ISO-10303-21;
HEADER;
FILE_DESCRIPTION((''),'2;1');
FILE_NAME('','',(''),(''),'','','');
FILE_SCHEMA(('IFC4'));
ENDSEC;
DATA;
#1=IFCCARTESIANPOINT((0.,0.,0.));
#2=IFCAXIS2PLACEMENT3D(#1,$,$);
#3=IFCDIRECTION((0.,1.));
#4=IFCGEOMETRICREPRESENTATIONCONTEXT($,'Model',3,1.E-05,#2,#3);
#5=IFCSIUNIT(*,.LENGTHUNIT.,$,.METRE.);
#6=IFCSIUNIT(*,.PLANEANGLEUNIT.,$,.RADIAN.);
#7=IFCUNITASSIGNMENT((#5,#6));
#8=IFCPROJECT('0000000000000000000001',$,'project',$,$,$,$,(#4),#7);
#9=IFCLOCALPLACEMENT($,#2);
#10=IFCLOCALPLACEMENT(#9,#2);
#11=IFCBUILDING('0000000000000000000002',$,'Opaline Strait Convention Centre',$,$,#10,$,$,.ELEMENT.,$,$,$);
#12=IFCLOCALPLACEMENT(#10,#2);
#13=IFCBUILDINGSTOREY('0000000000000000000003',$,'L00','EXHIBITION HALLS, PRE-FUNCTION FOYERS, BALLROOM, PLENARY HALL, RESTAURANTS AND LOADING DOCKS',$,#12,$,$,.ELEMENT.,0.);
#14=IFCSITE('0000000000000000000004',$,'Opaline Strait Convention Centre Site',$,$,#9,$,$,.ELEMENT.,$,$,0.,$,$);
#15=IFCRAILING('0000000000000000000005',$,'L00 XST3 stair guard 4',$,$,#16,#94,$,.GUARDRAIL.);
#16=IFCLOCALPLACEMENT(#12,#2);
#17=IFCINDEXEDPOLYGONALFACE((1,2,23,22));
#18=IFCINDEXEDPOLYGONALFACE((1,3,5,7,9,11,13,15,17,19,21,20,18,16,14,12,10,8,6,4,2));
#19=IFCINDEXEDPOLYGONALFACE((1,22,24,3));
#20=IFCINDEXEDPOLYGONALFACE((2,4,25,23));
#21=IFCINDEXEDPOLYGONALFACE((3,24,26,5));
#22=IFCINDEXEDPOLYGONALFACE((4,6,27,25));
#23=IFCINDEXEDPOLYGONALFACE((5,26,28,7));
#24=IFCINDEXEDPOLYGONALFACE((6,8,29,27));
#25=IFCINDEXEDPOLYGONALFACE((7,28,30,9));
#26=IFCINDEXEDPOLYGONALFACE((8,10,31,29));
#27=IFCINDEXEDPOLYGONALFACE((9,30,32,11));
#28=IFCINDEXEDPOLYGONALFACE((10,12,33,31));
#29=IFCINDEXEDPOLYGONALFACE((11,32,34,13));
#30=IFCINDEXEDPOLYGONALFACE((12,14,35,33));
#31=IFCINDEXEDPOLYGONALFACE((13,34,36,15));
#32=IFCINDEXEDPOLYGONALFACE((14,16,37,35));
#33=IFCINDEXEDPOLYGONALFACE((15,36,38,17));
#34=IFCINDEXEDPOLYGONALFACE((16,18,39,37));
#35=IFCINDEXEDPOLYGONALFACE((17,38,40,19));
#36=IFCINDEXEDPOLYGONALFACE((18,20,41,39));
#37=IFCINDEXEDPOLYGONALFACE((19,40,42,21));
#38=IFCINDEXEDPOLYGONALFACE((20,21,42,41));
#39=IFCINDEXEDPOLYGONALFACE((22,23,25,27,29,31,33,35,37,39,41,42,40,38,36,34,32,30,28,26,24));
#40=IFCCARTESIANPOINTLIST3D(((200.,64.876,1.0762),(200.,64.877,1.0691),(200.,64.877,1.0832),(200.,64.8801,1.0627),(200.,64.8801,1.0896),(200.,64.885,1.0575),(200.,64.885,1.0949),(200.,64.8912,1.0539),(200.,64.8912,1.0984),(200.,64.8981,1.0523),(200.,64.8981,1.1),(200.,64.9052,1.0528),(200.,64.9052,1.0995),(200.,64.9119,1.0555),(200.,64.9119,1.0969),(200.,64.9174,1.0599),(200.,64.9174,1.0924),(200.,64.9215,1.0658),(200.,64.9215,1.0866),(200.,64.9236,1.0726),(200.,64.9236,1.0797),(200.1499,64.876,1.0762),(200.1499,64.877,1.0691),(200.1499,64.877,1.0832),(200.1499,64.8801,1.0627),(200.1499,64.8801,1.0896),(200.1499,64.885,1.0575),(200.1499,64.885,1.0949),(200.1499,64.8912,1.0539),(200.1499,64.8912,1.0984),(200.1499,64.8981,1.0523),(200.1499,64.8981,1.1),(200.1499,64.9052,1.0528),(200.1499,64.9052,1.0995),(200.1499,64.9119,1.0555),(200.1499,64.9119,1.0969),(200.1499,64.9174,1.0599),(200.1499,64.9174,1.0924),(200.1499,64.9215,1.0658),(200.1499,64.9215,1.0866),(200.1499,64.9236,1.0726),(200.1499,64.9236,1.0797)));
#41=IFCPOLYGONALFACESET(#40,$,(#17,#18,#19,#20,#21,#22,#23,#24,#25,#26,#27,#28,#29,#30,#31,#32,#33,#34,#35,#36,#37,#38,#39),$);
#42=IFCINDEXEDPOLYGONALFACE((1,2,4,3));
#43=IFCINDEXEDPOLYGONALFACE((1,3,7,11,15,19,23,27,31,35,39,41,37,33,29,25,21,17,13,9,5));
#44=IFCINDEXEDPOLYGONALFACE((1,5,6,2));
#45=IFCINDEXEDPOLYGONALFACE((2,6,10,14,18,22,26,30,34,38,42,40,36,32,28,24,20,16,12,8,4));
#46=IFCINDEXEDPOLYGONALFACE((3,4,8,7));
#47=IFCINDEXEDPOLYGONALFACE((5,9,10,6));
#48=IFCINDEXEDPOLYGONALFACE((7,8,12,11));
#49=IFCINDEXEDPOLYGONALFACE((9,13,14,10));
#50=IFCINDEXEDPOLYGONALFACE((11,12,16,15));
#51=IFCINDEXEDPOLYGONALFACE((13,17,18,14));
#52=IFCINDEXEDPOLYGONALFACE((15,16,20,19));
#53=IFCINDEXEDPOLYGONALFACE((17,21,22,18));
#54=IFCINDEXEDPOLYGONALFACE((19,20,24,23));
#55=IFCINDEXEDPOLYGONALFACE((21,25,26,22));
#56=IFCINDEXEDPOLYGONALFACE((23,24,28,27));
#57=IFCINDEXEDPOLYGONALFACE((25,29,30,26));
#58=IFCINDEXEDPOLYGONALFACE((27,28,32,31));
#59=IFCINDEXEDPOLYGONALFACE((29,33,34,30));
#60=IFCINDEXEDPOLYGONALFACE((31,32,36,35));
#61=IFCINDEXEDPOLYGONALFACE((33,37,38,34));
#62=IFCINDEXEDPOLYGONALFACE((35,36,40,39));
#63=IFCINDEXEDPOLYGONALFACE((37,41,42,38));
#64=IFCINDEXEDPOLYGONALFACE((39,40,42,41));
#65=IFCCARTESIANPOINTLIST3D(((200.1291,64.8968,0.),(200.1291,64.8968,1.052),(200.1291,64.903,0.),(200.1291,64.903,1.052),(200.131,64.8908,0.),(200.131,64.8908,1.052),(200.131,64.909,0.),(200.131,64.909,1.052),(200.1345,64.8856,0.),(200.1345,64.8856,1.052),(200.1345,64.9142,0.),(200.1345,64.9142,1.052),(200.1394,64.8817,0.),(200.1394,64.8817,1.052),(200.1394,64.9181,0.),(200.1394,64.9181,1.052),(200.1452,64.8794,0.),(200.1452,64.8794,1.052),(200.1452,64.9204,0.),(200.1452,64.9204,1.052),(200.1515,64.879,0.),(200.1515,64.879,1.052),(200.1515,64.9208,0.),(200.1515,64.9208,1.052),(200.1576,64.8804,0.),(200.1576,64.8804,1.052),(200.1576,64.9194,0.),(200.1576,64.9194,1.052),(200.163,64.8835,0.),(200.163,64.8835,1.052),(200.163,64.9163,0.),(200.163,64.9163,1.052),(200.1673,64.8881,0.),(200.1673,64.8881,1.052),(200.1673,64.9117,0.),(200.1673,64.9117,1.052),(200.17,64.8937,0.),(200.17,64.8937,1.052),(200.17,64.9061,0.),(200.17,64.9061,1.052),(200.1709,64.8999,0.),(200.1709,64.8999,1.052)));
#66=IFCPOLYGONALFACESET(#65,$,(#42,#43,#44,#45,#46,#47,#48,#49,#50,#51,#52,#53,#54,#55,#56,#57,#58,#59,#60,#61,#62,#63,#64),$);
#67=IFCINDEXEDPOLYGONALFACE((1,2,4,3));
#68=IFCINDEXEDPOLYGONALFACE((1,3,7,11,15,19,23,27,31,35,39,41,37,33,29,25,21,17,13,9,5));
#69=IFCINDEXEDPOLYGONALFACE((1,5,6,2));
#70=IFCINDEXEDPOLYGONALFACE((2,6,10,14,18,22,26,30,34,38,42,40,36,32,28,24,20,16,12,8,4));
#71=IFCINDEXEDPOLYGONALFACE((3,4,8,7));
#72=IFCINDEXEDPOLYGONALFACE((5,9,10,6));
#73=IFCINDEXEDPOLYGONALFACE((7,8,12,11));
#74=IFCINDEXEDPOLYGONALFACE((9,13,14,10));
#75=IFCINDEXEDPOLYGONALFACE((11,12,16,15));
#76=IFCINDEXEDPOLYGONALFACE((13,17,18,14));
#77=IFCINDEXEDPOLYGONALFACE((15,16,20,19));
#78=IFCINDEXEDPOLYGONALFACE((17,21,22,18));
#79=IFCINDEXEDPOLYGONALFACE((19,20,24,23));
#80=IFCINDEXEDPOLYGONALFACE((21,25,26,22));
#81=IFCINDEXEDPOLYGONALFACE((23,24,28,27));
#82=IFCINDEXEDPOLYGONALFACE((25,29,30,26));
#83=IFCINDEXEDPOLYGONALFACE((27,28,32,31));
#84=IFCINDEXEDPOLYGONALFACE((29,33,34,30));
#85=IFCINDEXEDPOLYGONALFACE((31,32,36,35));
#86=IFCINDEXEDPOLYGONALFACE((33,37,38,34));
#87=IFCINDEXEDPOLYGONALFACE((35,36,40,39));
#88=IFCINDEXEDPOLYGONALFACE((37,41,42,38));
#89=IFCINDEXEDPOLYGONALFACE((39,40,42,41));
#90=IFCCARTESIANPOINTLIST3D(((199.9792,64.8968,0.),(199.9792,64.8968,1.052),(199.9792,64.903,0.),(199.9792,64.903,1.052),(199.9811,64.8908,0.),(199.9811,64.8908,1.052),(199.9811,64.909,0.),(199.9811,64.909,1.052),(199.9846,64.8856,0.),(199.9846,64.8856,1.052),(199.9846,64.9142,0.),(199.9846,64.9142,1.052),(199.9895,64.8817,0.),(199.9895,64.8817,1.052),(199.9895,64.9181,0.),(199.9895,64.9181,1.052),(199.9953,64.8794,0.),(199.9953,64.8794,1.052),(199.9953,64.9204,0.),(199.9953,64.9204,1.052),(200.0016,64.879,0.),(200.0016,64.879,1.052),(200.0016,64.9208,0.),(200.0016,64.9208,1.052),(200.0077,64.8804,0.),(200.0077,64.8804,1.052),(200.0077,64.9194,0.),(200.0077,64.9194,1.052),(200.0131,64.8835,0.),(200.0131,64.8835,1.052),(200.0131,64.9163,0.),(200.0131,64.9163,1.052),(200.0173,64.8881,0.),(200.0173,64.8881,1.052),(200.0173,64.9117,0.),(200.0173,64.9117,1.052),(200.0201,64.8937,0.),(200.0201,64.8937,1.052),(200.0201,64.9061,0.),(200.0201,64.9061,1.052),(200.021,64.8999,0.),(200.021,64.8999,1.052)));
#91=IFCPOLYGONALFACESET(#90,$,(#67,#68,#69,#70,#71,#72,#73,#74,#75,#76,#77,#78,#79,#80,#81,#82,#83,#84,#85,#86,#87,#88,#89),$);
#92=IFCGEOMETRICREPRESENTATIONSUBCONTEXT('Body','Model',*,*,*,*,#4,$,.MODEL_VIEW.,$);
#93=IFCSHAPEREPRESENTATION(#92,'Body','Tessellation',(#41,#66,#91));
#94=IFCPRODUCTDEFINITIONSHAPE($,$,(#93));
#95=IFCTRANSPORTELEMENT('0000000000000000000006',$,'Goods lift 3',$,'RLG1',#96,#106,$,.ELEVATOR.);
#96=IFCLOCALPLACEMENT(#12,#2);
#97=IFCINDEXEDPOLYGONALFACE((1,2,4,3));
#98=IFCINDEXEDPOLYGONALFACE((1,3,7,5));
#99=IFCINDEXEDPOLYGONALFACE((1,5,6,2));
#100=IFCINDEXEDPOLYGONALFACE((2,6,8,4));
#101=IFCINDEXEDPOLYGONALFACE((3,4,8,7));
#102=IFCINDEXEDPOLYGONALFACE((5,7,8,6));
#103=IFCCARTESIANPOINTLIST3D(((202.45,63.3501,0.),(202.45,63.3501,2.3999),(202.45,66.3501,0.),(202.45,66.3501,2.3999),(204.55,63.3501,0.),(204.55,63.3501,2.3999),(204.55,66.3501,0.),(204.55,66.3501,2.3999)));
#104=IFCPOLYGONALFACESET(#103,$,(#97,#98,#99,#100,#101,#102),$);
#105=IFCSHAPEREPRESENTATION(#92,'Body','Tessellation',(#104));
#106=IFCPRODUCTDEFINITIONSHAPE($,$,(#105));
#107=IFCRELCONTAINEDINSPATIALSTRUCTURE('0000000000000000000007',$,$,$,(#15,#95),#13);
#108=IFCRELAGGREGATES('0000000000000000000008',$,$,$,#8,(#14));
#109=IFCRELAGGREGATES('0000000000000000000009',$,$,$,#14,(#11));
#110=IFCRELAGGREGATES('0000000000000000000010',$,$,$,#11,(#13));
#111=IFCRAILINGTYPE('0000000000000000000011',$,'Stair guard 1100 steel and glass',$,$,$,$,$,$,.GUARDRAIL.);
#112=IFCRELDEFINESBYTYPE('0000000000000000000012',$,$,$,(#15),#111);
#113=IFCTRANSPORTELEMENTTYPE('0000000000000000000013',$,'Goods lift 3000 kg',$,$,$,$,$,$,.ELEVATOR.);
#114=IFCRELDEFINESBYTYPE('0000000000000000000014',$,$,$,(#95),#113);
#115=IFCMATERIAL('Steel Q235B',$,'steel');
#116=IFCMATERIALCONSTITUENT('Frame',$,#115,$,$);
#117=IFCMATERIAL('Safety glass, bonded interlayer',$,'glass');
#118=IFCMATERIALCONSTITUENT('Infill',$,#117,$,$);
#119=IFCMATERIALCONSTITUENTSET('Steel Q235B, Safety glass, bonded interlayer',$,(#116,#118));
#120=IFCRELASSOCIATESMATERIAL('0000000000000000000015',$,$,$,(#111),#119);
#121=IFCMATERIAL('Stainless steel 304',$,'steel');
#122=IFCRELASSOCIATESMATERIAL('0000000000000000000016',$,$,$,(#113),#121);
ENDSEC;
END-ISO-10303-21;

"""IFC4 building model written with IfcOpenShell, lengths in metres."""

from ifc_helpers import new_model, si_unit, direction, frame, origin, origin_2d, place, context, subcontext, project, spatial, rectangle, circle, extrude, material, constituent, constituent_set, type_object, element, save


model = new_model("IFC4")

# Units and contexts
model_context = context("Model", 3, precision=1e-05, world=origin(), true_north=direction((0.0, 1.0)))
body_context = subcontext(model_context, "Body", "Model", "MODEL_VIEW")
ifc_project = project(units=[si_unit("LENGTHUNIT", "METRE"), si_unit("PLANEANGLEUNIT", "RADIAN")], contexts=[model_context])

# Site, building, storey
site_placement = place(None, origin())
site = spatial("IfcSite", under=ifc_project, at=site_placement, Name="Opaline Strait Convention Centre Site", CompositionType="ELEMENT", RefElevation=0.0)
building_placement = place(site_placement, origin())
building = spatial("IfcBuilding", under=site, at=building_placement, Name="Opaline Strait Convention Centre", CompositionType="ELEMENT")
storey_placement = place(building_placement, origin())
storey = spatial("IfcBuildingStorey", under=building, at=storey_placement, Name="L00", Description="EXHIBITION HALLS, PRE-FUNCTION FOYERS, BALLROOM, PLENARY HALL, RESTAURANTS AND LOADING DOCKS", CompositionType="ELEMENT", Elevation=0.0)

# Railing
ifc_material_1 = material(Name="Steel Q235B", Category="steel")
ifc_constituent_1 = constituent(ifc_material_1, Name="Frame")
ifc_material_2 = material(Name="Safety glass, bonded interlayer", Category="glass")
ifc_constituent_2 = constituent(ifc_material_2, Name="Infill")
ifc_constituent_set = constituent_set(constituents=[ifc_constituent_1, ifc_constituent_2], Name="Steel Q235B, Safety glass, bonded interlayer")
railing_type_1 = type_object("IfcRailingType", Name="Stair guard 1100 steel and glass", PredefinedType="GUARDRAIL", material=ifc_constituent_set)
railing_1_placement = place(storey_placement, frame((200.1499, 64.8999, 0.0)))
element("IfcRailing", 1, at=railing_1_placement, inside=storey, type_object=railing_type_1, Name="L00 XST3 stair guard 4", PredefinedType="GUARDRAIL", context=body_context, shape_type="SweptSolid", body=[
    extrude(circle(Radius=0.0239, at=origin_2d()), frame((0.0, 0.0, 1.0762), z_axis=(-1.0, 0.0, 0.0), x_axis=(0.0, -1.0, 0.0)), (0.0, 0.0, 1.0), 0.1499),
    extrude(circle(Radius=0.021, at=origin_2d()), origin(), (0.0, 0.0, 1.0), 1.052),
    extrude(circle(Radius=0.021, at=origin_2d()), frame((-0.1499, 0.0, 0.0)), (0.0, 0.0, 1.0), 1.052),
])
ifc_material_3 = material(Name="Stainless steel 304", Category="steel")

# Transport element
transport_element_type = type_object("IfcTransportElementType", Name="Goods lift 3000 kg", PredefinedType="ELEVATOR", material=ifc_material_3)
transport_element_placement = place(storey_placement, frame((203.5, 64.8501, 0.0), z_axis=(0.0, 0.0, 1.0), x_axis=(1.0, 0.0, 0.0)))
element("IfcTransportElement", 2, at=transport_element_placement, inside=storey, type_object=transport_element_type, Name="Goods lift 3", ObjectType="RLG1", PredefinedType="ELEVATOR", context=body_context, shape_type="SweptSolid", body=[
    extrude(rectangle(XDim=2.1001, YDim=3.0, at=origin_2d()), origin(), (0.0, 0.0, 1.0), 2.3999),
])

save(model, "model.ifc")
